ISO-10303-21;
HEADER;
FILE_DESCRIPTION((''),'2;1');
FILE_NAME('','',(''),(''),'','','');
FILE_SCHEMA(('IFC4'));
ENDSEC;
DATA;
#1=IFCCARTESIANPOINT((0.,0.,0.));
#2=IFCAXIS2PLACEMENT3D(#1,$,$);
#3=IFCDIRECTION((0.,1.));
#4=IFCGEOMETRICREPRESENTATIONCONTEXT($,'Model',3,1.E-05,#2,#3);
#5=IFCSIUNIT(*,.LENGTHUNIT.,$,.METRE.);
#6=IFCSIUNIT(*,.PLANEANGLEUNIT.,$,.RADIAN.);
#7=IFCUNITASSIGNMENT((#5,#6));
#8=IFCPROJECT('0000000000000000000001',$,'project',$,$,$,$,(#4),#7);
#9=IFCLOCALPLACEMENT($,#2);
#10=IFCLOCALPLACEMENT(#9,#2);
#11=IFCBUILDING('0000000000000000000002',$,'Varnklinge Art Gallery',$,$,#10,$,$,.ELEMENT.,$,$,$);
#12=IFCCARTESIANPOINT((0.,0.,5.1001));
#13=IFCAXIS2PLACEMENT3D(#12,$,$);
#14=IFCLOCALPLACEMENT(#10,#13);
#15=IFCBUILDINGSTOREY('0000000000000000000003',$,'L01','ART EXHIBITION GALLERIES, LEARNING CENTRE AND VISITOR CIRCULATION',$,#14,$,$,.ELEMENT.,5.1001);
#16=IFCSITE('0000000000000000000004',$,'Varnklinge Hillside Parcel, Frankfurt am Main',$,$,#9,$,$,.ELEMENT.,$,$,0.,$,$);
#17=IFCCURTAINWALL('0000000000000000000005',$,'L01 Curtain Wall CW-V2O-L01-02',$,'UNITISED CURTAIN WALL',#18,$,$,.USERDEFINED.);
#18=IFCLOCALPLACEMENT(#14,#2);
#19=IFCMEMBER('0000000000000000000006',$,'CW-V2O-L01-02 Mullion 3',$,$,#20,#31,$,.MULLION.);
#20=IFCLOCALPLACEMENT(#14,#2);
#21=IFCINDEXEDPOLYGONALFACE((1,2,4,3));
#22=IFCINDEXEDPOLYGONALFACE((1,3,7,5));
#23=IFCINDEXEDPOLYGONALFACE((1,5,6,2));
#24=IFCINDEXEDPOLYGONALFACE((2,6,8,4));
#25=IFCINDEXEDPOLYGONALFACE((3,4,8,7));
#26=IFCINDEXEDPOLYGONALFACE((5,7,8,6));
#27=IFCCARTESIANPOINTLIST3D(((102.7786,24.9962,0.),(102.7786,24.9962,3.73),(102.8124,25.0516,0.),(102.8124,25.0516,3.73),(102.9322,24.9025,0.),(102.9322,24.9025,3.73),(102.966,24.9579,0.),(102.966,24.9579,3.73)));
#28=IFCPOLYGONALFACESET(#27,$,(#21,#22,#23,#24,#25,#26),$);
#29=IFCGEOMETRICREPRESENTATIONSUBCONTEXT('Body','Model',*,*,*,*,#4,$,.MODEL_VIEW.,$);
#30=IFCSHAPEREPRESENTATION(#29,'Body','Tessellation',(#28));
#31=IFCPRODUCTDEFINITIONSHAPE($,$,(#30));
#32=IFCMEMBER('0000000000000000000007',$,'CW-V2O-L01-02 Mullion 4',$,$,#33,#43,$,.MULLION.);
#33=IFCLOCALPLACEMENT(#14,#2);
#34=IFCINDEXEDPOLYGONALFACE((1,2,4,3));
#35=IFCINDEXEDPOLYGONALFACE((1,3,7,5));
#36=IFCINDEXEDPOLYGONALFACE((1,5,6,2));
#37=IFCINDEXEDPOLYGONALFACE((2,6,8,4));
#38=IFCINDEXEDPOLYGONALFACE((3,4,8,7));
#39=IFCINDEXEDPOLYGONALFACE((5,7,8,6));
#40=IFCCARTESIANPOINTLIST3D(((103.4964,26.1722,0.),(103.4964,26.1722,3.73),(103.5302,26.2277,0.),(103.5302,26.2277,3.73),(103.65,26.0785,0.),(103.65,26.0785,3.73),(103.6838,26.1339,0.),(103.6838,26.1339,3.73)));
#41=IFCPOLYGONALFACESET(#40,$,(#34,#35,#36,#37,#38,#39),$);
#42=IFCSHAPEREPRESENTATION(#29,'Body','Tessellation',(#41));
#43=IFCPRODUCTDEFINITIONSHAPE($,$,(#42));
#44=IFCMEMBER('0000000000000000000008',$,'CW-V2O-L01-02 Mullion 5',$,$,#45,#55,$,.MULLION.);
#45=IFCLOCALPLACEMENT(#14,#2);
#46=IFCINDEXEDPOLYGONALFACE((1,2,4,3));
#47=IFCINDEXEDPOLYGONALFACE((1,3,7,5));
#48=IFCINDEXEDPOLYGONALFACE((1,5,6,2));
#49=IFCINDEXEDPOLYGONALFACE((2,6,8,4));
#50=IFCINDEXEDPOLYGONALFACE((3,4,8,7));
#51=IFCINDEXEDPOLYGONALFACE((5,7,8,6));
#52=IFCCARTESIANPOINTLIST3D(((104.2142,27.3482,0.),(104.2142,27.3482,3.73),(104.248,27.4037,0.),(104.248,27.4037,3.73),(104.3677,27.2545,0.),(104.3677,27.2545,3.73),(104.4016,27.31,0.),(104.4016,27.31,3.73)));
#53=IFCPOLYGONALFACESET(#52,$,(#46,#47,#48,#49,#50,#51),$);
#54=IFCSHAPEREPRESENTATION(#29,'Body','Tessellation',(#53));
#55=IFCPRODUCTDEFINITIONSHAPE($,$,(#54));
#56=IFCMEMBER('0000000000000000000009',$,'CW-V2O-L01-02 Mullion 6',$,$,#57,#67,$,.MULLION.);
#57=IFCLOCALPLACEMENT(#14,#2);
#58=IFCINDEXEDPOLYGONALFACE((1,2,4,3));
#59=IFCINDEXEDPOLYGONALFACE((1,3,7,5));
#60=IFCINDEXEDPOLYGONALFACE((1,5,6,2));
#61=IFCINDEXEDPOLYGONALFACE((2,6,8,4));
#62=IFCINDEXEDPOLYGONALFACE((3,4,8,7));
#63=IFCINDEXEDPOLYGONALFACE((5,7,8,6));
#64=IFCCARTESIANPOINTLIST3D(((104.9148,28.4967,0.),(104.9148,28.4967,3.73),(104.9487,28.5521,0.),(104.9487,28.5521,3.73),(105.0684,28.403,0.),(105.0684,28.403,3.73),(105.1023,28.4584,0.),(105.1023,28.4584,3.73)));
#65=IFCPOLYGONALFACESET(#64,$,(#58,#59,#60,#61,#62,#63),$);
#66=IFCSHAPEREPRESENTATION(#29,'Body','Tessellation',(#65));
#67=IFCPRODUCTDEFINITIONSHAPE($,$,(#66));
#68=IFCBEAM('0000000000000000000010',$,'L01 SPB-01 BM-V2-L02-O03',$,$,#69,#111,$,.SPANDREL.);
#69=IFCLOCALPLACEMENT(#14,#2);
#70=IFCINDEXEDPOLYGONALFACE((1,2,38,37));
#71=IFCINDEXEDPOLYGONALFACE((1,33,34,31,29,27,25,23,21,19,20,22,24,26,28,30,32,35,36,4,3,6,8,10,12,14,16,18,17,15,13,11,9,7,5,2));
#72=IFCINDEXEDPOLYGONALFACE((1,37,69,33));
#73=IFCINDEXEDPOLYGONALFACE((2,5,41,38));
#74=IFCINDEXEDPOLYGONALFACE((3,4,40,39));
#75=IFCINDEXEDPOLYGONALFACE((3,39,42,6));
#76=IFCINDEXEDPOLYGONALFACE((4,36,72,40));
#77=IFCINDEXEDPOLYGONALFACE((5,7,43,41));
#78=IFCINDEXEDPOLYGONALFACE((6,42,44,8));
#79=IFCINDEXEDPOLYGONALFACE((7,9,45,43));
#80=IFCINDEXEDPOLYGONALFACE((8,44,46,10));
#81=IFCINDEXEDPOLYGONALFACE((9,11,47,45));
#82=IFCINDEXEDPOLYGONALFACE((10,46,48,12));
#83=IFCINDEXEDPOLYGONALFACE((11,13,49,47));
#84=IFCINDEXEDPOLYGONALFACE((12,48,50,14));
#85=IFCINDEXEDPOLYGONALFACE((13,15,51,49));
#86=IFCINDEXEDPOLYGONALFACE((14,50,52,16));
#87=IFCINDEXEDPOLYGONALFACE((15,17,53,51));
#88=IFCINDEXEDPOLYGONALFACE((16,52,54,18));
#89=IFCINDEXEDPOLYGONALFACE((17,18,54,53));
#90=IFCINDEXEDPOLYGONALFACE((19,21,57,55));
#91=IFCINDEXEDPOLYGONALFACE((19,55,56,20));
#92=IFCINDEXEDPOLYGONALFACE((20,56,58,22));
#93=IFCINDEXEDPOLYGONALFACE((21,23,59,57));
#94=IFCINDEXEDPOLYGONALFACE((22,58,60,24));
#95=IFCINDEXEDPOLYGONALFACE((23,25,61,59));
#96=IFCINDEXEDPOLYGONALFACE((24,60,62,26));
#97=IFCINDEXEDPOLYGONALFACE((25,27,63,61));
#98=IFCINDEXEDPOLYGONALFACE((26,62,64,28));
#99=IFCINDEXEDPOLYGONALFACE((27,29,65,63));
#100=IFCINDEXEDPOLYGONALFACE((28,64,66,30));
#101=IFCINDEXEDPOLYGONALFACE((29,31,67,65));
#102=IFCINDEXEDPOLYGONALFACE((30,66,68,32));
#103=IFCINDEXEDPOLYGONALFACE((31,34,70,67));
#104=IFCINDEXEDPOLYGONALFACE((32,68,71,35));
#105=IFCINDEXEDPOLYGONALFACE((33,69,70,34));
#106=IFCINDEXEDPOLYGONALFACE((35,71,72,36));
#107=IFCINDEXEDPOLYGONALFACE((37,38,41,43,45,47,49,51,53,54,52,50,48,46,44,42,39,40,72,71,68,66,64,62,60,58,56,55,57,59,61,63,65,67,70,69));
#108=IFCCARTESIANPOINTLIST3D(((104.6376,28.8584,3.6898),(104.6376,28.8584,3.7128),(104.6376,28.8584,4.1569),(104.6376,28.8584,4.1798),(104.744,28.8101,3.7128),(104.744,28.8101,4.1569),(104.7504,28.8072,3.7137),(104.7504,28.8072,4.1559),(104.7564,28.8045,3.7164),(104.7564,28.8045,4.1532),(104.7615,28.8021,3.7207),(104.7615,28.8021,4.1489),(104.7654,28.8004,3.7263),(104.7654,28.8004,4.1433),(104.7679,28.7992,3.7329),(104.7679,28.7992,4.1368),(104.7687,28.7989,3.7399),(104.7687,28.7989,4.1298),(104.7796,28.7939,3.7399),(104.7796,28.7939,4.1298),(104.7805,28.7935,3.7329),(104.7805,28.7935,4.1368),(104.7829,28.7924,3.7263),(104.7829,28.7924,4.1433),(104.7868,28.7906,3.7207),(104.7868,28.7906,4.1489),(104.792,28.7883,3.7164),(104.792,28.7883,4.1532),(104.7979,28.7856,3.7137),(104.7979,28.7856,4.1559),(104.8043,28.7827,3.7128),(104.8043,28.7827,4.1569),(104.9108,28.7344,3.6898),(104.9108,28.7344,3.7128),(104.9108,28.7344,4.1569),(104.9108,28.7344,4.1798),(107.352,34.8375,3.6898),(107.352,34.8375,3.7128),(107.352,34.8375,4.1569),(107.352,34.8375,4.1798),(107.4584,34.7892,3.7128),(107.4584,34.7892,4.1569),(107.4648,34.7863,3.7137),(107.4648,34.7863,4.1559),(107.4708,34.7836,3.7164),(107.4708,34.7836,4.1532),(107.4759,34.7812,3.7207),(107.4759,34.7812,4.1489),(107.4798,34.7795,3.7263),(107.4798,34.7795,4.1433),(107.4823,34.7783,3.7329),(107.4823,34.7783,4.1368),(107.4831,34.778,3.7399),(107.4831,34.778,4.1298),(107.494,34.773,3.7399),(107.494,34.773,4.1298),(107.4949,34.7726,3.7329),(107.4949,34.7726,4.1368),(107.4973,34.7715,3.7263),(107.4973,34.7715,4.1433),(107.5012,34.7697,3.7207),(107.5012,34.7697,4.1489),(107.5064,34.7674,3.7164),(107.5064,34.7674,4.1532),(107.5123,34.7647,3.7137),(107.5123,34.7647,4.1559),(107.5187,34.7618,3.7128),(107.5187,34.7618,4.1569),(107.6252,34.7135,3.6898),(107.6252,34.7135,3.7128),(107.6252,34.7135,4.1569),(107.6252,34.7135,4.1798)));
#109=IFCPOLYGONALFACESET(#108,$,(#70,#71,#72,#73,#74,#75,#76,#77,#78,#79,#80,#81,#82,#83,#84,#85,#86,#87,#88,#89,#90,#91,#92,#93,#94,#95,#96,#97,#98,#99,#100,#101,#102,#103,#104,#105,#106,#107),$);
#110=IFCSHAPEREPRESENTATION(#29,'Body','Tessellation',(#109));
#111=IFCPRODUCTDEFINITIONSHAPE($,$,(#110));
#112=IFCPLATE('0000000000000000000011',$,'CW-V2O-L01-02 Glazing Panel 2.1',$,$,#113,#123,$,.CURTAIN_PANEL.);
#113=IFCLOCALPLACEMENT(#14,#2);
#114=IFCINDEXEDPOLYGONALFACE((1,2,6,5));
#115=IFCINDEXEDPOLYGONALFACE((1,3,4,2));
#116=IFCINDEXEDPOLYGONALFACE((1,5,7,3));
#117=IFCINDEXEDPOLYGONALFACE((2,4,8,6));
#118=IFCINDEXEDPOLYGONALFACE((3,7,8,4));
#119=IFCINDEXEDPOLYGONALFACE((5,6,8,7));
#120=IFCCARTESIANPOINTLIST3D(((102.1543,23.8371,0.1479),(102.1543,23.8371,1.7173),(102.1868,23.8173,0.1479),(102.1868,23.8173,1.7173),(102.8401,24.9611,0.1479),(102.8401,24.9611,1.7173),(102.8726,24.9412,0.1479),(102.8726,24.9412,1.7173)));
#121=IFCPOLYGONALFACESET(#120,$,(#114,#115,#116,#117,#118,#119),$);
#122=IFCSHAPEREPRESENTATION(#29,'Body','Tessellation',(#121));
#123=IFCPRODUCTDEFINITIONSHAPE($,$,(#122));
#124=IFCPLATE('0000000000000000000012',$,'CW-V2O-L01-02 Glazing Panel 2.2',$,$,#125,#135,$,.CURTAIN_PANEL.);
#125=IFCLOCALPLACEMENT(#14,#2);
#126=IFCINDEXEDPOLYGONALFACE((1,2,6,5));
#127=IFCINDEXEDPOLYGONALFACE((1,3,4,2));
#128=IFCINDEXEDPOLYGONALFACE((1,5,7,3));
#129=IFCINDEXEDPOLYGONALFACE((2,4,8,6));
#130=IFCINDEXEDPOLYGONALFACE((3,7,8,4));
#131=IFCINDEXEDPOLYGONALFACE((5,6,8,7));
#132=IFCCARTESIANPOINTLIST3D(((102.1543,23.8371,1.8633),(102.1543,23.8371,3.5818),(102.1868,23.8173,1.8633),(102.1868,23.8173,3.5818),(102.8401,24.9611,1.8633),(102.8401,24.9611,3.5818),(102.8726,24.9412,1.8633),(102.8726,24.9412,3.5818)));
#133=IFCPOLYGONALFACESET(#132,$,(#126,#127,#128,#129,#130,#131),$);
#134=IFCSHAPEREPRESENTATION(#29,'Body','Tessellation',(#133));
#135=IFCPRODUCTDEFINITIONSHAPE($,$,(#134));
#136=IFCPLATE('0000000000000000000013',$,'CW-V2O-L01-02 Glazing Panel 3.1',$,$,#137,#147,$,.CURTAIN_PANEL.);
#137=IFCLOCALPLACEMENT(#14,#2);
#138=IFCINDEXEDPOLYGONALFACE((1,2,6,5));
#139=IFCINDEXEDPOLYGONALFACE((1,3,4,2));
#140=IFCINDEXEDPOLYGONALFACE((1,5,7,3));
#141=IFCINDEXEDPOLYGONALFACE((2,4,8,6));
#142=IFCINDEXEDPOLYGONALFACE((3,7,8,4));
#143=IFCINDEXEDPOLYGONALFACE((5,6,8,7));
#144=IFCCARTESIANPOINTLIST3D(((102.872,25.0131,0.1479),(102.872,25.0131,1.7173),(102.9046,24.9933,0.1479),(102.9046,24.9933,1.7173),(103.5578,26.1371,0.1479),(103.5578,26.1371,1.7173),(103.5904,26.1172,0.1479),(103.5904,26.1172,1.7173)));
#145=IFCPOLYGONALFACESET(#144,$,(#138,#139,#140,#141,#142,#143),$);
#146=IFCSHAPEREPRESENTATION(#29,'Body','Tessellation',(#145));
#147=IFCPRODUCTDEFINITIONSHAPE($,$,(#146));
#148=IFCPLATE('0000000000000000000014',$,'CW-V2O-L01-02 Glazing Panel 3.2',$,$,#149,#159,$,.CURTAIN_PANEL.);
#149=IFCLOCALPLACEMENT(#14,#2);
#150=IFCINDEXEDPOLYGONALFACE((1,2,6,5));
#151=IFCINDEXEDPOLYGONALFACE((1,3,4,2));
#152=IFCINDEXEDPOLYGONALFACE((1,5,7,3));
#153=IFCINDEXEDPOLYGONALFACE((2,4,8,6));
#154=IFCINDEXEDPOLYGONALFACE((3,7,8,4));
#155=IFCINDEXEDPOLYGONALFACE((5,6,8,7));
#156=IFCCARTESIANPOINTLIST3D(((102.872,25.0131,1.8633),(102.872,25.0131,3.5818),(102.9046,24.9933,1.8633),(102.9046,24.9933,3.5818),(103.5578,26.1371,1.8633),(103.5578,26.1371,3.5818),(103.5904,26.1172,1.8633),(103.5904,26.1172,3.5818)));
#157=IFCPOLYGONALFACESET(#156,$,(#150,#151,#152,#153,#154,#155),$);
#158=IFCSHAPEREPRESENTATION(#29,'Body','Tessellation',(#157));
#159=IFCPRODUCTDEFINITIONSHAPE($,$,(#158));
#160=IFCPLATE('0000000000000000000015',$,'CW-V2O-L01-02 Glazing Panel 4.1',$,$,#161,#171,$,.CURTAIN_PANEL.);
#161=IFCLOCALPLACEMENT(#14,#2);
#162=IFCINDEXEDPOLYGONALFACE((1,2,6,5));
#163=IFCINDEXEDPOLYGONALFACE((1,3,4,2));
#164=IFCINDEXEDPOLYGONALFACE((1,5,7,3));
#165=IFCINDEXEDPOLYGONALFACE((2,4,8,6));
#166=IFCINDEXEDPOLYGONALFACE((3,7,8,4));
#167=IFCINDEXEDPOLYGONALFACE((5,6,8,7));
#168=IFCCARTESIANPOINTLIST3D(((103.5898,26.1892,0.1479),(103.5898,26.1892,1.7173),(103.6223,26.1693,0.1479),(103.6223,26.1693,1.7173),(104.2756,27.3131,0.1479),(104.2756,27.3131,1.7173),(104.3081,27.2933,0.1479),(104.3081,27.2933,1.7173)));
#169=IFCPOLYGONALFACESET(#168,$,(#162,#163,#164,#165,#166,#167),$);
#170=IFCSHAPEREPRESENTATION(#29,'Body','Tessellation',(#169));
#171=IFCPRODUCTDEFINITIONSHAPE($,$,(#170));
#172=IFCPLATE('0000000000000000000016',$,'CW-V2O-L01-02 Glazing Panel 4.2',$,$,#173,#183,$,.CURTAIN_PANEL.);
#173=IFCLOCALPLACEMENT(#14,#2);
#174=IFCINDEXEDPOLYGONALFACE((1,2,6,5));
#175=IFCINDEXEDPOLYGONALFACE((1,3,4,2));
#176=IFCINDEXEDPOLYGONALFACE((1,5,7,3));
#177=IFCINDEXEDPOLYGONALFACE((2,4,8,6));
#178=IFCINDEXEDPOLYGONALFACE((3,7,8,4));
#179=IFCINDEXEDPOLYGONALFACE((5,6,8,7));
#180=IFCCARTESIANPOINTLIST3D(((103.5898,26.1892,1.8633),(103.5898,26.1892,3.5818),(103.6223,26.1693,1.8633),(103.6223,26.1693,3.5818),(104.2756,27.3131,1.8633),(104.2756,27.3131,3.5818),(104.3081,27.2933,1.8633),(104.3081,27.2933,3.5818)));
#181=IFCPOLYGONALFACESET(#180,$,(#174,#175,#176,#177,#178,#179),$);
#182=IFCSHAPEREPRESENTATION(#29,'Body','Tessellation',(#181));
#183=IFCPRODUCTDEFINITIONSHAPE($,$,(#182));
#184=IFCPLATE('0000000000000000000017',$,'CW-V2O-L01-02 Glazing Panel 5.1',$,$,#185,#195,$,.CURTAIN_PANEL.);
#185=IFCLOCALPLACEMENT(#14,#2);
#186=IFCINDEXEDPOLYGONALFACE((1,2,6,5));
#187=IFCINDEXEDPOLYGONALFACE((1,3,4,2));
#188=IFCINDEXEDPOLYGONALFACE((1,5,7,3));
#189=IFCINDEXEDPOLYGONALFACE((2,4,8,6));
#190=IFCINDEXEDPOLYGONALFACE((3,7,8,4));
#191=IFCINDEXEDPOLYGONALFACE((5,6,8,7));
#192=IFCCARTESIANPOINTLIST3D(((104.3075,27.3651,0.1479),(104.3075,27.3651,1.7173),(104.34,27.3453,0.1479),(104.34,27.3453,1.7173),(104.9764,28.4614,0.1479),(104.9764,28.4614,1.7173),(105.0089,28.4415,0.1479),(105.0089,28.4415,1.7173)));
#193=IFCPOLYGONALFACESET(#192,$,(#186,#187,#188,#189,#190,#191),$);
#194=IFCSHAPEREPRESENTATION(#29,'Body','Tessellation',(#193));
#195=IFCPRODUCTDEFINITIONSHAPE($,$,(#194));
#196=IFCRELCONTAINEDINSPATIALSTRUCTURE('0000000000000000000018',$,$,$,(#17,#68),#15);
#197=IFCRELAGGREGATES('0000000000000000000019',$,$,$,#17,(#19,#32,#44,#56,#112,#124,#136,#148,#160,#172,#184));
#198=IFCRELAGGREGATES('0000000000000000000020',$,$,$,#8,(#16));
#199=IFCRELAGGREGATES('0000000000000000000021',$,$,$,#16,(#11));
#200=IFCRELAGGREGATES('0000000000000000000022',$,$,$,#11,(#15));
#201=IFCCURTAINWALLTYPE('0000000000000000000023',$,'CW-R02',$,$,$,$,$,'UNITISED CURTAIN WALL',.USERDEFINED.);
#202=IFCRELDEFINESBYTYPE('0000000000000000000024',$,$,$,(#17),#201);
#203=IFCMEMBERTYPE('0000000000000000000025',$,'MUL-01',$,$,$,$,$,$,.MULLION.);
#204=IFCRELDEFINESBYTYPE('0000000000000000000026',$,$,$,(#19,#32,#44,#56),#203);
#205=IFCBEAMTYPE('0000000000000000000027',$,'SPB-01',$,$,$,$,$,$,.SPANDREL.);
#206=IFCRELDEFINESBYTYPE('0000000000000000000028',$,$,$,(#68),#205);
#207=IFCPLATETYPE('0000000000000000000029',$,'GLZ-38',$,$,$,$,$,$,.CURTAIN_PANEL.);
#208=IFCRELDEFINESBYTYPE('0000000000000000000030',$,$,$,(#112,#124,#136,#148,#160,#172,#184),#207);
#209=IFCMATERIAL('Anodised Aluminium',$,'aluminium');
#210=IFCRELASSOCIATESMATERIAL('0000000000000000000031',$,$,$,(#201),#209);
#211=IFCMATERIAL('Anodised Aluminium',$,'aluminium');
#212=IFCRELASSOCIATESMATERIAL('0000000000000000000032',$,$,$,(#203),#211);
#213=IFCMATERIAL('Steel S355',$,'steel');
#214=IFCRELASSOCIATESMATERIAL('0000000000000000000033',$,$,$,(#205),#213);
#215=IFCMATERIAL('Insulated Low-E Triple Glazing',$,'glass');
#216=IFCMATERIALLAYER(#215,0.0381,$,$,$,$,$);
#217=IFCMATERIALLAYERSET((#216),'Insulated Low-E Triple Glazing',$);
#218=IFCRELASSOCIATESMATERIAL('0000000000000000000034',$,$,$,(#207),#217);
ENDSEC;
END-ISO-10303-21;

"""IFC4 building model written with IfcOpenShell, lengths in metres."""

from ifc_helpers import new_model, si_unit, direction, frame, origin, origin_2d, place, context, subcontext, project, spatial, rectangle, i_section, extrude, material, layer, layer_set, material_profile, profile_set, type_object, element, aggregate, save


model = new_model("IFC4")

# Units and contexts
model_context = context("Model", 3, precision=1e-05, world=origin(), true_north=direction((0.0, 1.0)))
body_context = subcontext(model_context, "Body", "Model", "MODEL_VIEW")
ifc_project = project(units=[si_unit("LENGTHUNIT", "METRE"), si_unit("PLANEANGLEUNIT", "RADIAN")], contexts=[model_context])

# Site, building, storey
site_placement = place(None, origin())
site = spatial("IfcSite", under=ifc_project, at=site_placement, Name="Varnklinge Hillside Parcel, Frankfurt am Main", CompositionType="ELEMENT", RefElevation=0.0)
building_placement = place(site_placement, origin())
building = spatial("IfcBuilding", under=site, at=building_placement, Name="Varnklinge Art Gallery", CompositionType="ELEMENT")
storey_placement = place(building_placement, frame((0.0, 0.0, 5.1001)))
storey = spatial("IfcBuildingStorey", under=building, at=storey_placement, Name="L01", Description="ART EXHIBITION GALLERIES, LEARNING CENTRE AND VISITOR CIRCULATION", CompositionType="ELEMENT", Elevation=5.1001)

# Curtain wall, members
ifc_material_1 = material(Name="Anodised Aluminium", Category="aluminium")
curtain_wall_type = type_object("IfcCurtainWallType", Name="CW-R02", ElementType="UNITISED CURTAIN WALL", PredefinedType="USERDEFINED", material=ifc_material_1)
curtain_wall_placement = place(storey_placement, origin())
curtain_wall = element("IfcCurtainWall", 1, at=curtain_wall_placement, inside=storey, type_object=curtain_wall_type, Name="L01 Curtain Wall CW-V2O-L01-02", ObjectType="UNITISED CURTAIN WALL", PredefinedType="USERDEFINED")
ifc_material_2 = material(Name="Anodised Aluminium", Category="aluminium")
ifc_material_profile_1 = material_profile(ifc_material_2, rectangle(XDim=0.0649, YDim=0.1799, at=origin_2d()), Name="ALU 65x180")
ifc_profile_set_1 = profile_set([ifc_material_profile_1], Name="Anodised Aluminium")
member_type = type_object("IfcMemberType", Name="MUL-01", PredefinedType="MULLION", material=ifc_profile_set_1)
member_1_placement = place(storey_placement, frame((102.8723, 24.9771, 0.0), z_axis=(0.0, 0.0, 1.0), x_axis=(0.520861, 0.853642, 0.0)))
member_1 = element("IfcMember", 2, at=member_1_placement, type_object=member_type, Name="CW-V2O-L01-02 Mullion 3", PredefinedType="MULLION", context=body_context, shape_type="SweptSolid", body=[
    extrude(rectangle(XDim=0.0649, YDim=0.1799, at=origin_2d()), origin(), (0.0, 0.0, 1.0), 3.73),
])
member_2_placement = place(storey_placement, frame((103.5901, 26.1531, 0.0), z_axis=(0.0, 0.0, 1.0), x_axis=(0.520861, 0.853642, 0.0)))
member_2 = element("IfcMember", 3, at=member_2_placement, type_object=member_type, Name="CW-V2O-L01-02 Mullion 4", PredefinedType="MULLION", context=body_context, shape_type="SweptSolid", body=[
    extrude(rectangle(XDim=0.0649, YDim=0.1799, at=origin_2d()), origin(), (0.0, 0.0, 1.0), 3.73),
])
member_3_placement = place(storey_placement, frame((104.3079, 27.3291, 0.0), z_axis=(0.0, 0.0, 1.0), x_axis=(0.520861, 0.853642, 0.0)))
member_3 = element("IfcMember", 4, at=member_3_placement, type_object=member_type, Name="CW-V2O-L01-02 Mullion 5", PredefinedType="MULLION", context=body_context, shape_type="SweptSolid", body=[
    extrude(rectangle(XDim=0.0649, YDim=0.1799, at=origin_2d()), origin(), (0.0, 0.0, 1.0), 3.73),
])
member_4_placement = place(storey_placement, frame((105.0085, 28.4775, 0.0), z_axis=(0.0, 0.0, 1.0), x_axis=(0.520861, 0.853642, 0.0)))
member_4 = element("IfcMember", 5, at=member_4_placement, type_object=member_type, Name="CW-V2O-L01-02 Mullion 6", PredefinedType="MULLION", context=body_context, shape_type="SweptSolid", body=[
    extrude(rectangle(XDim=0.0649, YDim=0.1799, at=origin_2d()), origin(), (0.0, 0.0, 1.0), 3.73),
])

# Beam
ifc_material_3 = material(Name="Steel S355", Category="steel")
ifc_material_profile_2 = material_profile(ifc_material_3, i_section(OverallWidth=0.3, OverallDepth=0.49, WebThickness=0.012, FlangeThickness=0.0229, FilletRadius=0.0271, at=origin_2d()), Name="HEA 500")
ifc_profile_set_2 = profile_set([ifc_material_profile_2], Name="Steel S355")
beam_type_1 = type_object("IfcBeamType", Name="SPB-01", PredefinedType="SPANDREL", material=ifc_profile_set_2)
beam_1_placement = place(storey_placement, frame((104.7742, 28.7964, 3.9348), z_axis=(0.413377, 0.91056, 0.0), x_axis=(-0.91056, 0.413377, 0.0)))
element("IfcBeam", 6, at=beam_1_placement, inside=storey, type_object=beam_type_1, Name="L01 SPB-01 BM-V2-L02-O03", PredefinedType="SPANDREL", context=body_context, shape_type="SweptSolid", body=[
    extrude(i_section(OverallWidth=0.3, OverallDepth=0.49, WebThickness=0.012, FlangeThickness=0.0229, FilletRadius=0.0271, at=origin_2d()), origin(), (0.0, 0.0, 1.0), 6.5664),
])

# Plates
ifc_material_4 = material(Name="Insulated Low-E Triple Glazing", Category="glass")
ifc_layer_1 = layer(ifc_material_4, 0.0381)
ifc_layer_set_1 = layer_set([ifc_layer_1], Name="Insulated Low-E Triple Glazing")
plate_type_1 = type_object("IfcPlateType", Name="GLZ-38", PredefinedType="CURTAIN_PANEL", material=ifc_layer_set_1)
plate_1_placement = place(storey_placement, frame((102.5134, 24.3892, 0.1479), z_axis=(0.0, 0.0, 1.0), x_axis=(0.520861, 0.853642, 0.0)))
plate_1 = element("IfcPlate", 7, at=plate_1_placement, type_object=plate_type_1, Name="CW-V2O-L01-02 Glazing Panel 2.1", PredefinedType="CURTAIN_PANEL", context=body_context, shape_type="SweptSolid", body=[
    extrude(rectangle(XDim=1.3167, YDim=0.0381, at=origin_2d()), origin(), (0.0, 0.0, 1.0), 1.5693),
])
plate_2_placement = place(storey_placement, frame((102.5134, 24.3892, 1.8633), z_axis=(0.0, 0.0, 1.0), x_axis=(0.520861, 0.853642, 0.0)))
plate_2 = element("IfcPlate", 8, at=plate_2_placement, type_object=plate_type_1, Name="CW-V2O-L01-02 Glazing Panel 2.2", PredefinedType="CURTAIN_PANEL", context=body_context, shape_type="SweptSolid", body=[
    extrude(rectangle(XDim=1.3167, YDim=0.0381, at=origin_2d()), origin(), (0.0, 0.0, 1.0), 1.7185),
])
plate_3_placement = place(storey_placement, frame((103.2312, 25.5652, 0.1479), z_axis=(0.0, 0.0, 1.0), x_axis=(0.520861, 0.853642, 0.0)))
plate_3 = element("IfcPlate", 9, at=plate_3_placement, type_object=plate_type_1, Name="CW-V2O-L01-02 Glazing Panel 3.1", PredefinedType="CURTAIN_PANEL", context=body_context, shape_type="SweptSolid", body=[
    extrude(rectangle(XDim=1.3167, YDim=0.0381, at=origin_2d()), origin(), (0.0, 0.0, 1.0), 1.5693),
])
plate_4_placement = place(storey_placement, frame((103.2312, 25.5652, 1.8633), z_axis=(0.0, 0.0, 1.0), x_axis=(0.520861, 0.853642, 0.0)))
plate_4 = element("IfcPlate", 10, at=plate_4_placement, type_object=plate_type_1, Name="CW-V2O-L01-02 Glazing Panel 3.2", PredefinedType="CURTAIN_PANEL", context=body_context, shape_type="SweptSolid", body=[
    extrude(rectangle(XDim=1.3167, YDim=0.0381, at=origin_2d()), origin(), (0.0, 0.0, 1.0), 1.7185),
])
plate_5_placement = place(storey_placement, frame((103.949, 26.7412, 0.1479), z_axis=(0.0, 0.0, 1.0), x_axis=(0.520861, 0.853642, 0.0)))
plate_5 = element("IfcPlate", 11, at=plate_5_placement, type_object=plate_type_1, Name="CW-V2O-L01-02 Glazing Panel 4.1", PredefinedType="CURTAIN_PANEL", context=body_context, shape_type="SweptSolid", body=[
    extrude(rectangle(XDim=1.3167, YDim=0.0381, at=origin_2d()), origin(), (0.0, 0.0, 1.0), 1.5693),
])
plate_6_placement = place(storey_placement, frame((103.949, 26.7412, 1.8633), z_axis=(0.0, 0.0, 1.0), x_axis=(0.520861, 0.853642, 0.0)))
plate_6 = element("IfcPlate", 12, at=plate_6_placement, type_object=plate_type_1, Name="CW-V2O-L01-02 Glazing Panel 4.2", PredefinedType="CURTAIN_PANEL", context=body_context, shape_type="SweptSolid", body=[
    extrude(rectangle(XDim=1.3167, YDim=0.0381, at=origin_2d()), origin(), (0.0, 0.0, 1.0), 1.7185),
])
plate_7_placement = place(storey_placement, frame((104.6582, 27.9033, 0.1479), z_axis=(0.0, 0.0, 1.0), x_axis=(0.520861, 0.853642, 0.0)))
plate_7 = element("IfcPlate", 13, at=plate_7_placement, type_object=plate_type_1, Name="CW-V2O-L01-02 Glazing Panel 5.1", PredefinedType="CURTAIN_PANEL", context=body_context, shape_type="SweptSolid", body=[
    extrude(rectangle(XDim=1.2842, YDim=0.0381, at=origin_2d()), origin(), (0.0, 0.0, 1.0), 1.5693),
])
aggregate(curtain_wall, [member_1, member_2, member_3, member_4, plate_1, plate_2, plate_3, plate_4, plate_5, plate_6, plate_7])

save(model, "model.ifc")
